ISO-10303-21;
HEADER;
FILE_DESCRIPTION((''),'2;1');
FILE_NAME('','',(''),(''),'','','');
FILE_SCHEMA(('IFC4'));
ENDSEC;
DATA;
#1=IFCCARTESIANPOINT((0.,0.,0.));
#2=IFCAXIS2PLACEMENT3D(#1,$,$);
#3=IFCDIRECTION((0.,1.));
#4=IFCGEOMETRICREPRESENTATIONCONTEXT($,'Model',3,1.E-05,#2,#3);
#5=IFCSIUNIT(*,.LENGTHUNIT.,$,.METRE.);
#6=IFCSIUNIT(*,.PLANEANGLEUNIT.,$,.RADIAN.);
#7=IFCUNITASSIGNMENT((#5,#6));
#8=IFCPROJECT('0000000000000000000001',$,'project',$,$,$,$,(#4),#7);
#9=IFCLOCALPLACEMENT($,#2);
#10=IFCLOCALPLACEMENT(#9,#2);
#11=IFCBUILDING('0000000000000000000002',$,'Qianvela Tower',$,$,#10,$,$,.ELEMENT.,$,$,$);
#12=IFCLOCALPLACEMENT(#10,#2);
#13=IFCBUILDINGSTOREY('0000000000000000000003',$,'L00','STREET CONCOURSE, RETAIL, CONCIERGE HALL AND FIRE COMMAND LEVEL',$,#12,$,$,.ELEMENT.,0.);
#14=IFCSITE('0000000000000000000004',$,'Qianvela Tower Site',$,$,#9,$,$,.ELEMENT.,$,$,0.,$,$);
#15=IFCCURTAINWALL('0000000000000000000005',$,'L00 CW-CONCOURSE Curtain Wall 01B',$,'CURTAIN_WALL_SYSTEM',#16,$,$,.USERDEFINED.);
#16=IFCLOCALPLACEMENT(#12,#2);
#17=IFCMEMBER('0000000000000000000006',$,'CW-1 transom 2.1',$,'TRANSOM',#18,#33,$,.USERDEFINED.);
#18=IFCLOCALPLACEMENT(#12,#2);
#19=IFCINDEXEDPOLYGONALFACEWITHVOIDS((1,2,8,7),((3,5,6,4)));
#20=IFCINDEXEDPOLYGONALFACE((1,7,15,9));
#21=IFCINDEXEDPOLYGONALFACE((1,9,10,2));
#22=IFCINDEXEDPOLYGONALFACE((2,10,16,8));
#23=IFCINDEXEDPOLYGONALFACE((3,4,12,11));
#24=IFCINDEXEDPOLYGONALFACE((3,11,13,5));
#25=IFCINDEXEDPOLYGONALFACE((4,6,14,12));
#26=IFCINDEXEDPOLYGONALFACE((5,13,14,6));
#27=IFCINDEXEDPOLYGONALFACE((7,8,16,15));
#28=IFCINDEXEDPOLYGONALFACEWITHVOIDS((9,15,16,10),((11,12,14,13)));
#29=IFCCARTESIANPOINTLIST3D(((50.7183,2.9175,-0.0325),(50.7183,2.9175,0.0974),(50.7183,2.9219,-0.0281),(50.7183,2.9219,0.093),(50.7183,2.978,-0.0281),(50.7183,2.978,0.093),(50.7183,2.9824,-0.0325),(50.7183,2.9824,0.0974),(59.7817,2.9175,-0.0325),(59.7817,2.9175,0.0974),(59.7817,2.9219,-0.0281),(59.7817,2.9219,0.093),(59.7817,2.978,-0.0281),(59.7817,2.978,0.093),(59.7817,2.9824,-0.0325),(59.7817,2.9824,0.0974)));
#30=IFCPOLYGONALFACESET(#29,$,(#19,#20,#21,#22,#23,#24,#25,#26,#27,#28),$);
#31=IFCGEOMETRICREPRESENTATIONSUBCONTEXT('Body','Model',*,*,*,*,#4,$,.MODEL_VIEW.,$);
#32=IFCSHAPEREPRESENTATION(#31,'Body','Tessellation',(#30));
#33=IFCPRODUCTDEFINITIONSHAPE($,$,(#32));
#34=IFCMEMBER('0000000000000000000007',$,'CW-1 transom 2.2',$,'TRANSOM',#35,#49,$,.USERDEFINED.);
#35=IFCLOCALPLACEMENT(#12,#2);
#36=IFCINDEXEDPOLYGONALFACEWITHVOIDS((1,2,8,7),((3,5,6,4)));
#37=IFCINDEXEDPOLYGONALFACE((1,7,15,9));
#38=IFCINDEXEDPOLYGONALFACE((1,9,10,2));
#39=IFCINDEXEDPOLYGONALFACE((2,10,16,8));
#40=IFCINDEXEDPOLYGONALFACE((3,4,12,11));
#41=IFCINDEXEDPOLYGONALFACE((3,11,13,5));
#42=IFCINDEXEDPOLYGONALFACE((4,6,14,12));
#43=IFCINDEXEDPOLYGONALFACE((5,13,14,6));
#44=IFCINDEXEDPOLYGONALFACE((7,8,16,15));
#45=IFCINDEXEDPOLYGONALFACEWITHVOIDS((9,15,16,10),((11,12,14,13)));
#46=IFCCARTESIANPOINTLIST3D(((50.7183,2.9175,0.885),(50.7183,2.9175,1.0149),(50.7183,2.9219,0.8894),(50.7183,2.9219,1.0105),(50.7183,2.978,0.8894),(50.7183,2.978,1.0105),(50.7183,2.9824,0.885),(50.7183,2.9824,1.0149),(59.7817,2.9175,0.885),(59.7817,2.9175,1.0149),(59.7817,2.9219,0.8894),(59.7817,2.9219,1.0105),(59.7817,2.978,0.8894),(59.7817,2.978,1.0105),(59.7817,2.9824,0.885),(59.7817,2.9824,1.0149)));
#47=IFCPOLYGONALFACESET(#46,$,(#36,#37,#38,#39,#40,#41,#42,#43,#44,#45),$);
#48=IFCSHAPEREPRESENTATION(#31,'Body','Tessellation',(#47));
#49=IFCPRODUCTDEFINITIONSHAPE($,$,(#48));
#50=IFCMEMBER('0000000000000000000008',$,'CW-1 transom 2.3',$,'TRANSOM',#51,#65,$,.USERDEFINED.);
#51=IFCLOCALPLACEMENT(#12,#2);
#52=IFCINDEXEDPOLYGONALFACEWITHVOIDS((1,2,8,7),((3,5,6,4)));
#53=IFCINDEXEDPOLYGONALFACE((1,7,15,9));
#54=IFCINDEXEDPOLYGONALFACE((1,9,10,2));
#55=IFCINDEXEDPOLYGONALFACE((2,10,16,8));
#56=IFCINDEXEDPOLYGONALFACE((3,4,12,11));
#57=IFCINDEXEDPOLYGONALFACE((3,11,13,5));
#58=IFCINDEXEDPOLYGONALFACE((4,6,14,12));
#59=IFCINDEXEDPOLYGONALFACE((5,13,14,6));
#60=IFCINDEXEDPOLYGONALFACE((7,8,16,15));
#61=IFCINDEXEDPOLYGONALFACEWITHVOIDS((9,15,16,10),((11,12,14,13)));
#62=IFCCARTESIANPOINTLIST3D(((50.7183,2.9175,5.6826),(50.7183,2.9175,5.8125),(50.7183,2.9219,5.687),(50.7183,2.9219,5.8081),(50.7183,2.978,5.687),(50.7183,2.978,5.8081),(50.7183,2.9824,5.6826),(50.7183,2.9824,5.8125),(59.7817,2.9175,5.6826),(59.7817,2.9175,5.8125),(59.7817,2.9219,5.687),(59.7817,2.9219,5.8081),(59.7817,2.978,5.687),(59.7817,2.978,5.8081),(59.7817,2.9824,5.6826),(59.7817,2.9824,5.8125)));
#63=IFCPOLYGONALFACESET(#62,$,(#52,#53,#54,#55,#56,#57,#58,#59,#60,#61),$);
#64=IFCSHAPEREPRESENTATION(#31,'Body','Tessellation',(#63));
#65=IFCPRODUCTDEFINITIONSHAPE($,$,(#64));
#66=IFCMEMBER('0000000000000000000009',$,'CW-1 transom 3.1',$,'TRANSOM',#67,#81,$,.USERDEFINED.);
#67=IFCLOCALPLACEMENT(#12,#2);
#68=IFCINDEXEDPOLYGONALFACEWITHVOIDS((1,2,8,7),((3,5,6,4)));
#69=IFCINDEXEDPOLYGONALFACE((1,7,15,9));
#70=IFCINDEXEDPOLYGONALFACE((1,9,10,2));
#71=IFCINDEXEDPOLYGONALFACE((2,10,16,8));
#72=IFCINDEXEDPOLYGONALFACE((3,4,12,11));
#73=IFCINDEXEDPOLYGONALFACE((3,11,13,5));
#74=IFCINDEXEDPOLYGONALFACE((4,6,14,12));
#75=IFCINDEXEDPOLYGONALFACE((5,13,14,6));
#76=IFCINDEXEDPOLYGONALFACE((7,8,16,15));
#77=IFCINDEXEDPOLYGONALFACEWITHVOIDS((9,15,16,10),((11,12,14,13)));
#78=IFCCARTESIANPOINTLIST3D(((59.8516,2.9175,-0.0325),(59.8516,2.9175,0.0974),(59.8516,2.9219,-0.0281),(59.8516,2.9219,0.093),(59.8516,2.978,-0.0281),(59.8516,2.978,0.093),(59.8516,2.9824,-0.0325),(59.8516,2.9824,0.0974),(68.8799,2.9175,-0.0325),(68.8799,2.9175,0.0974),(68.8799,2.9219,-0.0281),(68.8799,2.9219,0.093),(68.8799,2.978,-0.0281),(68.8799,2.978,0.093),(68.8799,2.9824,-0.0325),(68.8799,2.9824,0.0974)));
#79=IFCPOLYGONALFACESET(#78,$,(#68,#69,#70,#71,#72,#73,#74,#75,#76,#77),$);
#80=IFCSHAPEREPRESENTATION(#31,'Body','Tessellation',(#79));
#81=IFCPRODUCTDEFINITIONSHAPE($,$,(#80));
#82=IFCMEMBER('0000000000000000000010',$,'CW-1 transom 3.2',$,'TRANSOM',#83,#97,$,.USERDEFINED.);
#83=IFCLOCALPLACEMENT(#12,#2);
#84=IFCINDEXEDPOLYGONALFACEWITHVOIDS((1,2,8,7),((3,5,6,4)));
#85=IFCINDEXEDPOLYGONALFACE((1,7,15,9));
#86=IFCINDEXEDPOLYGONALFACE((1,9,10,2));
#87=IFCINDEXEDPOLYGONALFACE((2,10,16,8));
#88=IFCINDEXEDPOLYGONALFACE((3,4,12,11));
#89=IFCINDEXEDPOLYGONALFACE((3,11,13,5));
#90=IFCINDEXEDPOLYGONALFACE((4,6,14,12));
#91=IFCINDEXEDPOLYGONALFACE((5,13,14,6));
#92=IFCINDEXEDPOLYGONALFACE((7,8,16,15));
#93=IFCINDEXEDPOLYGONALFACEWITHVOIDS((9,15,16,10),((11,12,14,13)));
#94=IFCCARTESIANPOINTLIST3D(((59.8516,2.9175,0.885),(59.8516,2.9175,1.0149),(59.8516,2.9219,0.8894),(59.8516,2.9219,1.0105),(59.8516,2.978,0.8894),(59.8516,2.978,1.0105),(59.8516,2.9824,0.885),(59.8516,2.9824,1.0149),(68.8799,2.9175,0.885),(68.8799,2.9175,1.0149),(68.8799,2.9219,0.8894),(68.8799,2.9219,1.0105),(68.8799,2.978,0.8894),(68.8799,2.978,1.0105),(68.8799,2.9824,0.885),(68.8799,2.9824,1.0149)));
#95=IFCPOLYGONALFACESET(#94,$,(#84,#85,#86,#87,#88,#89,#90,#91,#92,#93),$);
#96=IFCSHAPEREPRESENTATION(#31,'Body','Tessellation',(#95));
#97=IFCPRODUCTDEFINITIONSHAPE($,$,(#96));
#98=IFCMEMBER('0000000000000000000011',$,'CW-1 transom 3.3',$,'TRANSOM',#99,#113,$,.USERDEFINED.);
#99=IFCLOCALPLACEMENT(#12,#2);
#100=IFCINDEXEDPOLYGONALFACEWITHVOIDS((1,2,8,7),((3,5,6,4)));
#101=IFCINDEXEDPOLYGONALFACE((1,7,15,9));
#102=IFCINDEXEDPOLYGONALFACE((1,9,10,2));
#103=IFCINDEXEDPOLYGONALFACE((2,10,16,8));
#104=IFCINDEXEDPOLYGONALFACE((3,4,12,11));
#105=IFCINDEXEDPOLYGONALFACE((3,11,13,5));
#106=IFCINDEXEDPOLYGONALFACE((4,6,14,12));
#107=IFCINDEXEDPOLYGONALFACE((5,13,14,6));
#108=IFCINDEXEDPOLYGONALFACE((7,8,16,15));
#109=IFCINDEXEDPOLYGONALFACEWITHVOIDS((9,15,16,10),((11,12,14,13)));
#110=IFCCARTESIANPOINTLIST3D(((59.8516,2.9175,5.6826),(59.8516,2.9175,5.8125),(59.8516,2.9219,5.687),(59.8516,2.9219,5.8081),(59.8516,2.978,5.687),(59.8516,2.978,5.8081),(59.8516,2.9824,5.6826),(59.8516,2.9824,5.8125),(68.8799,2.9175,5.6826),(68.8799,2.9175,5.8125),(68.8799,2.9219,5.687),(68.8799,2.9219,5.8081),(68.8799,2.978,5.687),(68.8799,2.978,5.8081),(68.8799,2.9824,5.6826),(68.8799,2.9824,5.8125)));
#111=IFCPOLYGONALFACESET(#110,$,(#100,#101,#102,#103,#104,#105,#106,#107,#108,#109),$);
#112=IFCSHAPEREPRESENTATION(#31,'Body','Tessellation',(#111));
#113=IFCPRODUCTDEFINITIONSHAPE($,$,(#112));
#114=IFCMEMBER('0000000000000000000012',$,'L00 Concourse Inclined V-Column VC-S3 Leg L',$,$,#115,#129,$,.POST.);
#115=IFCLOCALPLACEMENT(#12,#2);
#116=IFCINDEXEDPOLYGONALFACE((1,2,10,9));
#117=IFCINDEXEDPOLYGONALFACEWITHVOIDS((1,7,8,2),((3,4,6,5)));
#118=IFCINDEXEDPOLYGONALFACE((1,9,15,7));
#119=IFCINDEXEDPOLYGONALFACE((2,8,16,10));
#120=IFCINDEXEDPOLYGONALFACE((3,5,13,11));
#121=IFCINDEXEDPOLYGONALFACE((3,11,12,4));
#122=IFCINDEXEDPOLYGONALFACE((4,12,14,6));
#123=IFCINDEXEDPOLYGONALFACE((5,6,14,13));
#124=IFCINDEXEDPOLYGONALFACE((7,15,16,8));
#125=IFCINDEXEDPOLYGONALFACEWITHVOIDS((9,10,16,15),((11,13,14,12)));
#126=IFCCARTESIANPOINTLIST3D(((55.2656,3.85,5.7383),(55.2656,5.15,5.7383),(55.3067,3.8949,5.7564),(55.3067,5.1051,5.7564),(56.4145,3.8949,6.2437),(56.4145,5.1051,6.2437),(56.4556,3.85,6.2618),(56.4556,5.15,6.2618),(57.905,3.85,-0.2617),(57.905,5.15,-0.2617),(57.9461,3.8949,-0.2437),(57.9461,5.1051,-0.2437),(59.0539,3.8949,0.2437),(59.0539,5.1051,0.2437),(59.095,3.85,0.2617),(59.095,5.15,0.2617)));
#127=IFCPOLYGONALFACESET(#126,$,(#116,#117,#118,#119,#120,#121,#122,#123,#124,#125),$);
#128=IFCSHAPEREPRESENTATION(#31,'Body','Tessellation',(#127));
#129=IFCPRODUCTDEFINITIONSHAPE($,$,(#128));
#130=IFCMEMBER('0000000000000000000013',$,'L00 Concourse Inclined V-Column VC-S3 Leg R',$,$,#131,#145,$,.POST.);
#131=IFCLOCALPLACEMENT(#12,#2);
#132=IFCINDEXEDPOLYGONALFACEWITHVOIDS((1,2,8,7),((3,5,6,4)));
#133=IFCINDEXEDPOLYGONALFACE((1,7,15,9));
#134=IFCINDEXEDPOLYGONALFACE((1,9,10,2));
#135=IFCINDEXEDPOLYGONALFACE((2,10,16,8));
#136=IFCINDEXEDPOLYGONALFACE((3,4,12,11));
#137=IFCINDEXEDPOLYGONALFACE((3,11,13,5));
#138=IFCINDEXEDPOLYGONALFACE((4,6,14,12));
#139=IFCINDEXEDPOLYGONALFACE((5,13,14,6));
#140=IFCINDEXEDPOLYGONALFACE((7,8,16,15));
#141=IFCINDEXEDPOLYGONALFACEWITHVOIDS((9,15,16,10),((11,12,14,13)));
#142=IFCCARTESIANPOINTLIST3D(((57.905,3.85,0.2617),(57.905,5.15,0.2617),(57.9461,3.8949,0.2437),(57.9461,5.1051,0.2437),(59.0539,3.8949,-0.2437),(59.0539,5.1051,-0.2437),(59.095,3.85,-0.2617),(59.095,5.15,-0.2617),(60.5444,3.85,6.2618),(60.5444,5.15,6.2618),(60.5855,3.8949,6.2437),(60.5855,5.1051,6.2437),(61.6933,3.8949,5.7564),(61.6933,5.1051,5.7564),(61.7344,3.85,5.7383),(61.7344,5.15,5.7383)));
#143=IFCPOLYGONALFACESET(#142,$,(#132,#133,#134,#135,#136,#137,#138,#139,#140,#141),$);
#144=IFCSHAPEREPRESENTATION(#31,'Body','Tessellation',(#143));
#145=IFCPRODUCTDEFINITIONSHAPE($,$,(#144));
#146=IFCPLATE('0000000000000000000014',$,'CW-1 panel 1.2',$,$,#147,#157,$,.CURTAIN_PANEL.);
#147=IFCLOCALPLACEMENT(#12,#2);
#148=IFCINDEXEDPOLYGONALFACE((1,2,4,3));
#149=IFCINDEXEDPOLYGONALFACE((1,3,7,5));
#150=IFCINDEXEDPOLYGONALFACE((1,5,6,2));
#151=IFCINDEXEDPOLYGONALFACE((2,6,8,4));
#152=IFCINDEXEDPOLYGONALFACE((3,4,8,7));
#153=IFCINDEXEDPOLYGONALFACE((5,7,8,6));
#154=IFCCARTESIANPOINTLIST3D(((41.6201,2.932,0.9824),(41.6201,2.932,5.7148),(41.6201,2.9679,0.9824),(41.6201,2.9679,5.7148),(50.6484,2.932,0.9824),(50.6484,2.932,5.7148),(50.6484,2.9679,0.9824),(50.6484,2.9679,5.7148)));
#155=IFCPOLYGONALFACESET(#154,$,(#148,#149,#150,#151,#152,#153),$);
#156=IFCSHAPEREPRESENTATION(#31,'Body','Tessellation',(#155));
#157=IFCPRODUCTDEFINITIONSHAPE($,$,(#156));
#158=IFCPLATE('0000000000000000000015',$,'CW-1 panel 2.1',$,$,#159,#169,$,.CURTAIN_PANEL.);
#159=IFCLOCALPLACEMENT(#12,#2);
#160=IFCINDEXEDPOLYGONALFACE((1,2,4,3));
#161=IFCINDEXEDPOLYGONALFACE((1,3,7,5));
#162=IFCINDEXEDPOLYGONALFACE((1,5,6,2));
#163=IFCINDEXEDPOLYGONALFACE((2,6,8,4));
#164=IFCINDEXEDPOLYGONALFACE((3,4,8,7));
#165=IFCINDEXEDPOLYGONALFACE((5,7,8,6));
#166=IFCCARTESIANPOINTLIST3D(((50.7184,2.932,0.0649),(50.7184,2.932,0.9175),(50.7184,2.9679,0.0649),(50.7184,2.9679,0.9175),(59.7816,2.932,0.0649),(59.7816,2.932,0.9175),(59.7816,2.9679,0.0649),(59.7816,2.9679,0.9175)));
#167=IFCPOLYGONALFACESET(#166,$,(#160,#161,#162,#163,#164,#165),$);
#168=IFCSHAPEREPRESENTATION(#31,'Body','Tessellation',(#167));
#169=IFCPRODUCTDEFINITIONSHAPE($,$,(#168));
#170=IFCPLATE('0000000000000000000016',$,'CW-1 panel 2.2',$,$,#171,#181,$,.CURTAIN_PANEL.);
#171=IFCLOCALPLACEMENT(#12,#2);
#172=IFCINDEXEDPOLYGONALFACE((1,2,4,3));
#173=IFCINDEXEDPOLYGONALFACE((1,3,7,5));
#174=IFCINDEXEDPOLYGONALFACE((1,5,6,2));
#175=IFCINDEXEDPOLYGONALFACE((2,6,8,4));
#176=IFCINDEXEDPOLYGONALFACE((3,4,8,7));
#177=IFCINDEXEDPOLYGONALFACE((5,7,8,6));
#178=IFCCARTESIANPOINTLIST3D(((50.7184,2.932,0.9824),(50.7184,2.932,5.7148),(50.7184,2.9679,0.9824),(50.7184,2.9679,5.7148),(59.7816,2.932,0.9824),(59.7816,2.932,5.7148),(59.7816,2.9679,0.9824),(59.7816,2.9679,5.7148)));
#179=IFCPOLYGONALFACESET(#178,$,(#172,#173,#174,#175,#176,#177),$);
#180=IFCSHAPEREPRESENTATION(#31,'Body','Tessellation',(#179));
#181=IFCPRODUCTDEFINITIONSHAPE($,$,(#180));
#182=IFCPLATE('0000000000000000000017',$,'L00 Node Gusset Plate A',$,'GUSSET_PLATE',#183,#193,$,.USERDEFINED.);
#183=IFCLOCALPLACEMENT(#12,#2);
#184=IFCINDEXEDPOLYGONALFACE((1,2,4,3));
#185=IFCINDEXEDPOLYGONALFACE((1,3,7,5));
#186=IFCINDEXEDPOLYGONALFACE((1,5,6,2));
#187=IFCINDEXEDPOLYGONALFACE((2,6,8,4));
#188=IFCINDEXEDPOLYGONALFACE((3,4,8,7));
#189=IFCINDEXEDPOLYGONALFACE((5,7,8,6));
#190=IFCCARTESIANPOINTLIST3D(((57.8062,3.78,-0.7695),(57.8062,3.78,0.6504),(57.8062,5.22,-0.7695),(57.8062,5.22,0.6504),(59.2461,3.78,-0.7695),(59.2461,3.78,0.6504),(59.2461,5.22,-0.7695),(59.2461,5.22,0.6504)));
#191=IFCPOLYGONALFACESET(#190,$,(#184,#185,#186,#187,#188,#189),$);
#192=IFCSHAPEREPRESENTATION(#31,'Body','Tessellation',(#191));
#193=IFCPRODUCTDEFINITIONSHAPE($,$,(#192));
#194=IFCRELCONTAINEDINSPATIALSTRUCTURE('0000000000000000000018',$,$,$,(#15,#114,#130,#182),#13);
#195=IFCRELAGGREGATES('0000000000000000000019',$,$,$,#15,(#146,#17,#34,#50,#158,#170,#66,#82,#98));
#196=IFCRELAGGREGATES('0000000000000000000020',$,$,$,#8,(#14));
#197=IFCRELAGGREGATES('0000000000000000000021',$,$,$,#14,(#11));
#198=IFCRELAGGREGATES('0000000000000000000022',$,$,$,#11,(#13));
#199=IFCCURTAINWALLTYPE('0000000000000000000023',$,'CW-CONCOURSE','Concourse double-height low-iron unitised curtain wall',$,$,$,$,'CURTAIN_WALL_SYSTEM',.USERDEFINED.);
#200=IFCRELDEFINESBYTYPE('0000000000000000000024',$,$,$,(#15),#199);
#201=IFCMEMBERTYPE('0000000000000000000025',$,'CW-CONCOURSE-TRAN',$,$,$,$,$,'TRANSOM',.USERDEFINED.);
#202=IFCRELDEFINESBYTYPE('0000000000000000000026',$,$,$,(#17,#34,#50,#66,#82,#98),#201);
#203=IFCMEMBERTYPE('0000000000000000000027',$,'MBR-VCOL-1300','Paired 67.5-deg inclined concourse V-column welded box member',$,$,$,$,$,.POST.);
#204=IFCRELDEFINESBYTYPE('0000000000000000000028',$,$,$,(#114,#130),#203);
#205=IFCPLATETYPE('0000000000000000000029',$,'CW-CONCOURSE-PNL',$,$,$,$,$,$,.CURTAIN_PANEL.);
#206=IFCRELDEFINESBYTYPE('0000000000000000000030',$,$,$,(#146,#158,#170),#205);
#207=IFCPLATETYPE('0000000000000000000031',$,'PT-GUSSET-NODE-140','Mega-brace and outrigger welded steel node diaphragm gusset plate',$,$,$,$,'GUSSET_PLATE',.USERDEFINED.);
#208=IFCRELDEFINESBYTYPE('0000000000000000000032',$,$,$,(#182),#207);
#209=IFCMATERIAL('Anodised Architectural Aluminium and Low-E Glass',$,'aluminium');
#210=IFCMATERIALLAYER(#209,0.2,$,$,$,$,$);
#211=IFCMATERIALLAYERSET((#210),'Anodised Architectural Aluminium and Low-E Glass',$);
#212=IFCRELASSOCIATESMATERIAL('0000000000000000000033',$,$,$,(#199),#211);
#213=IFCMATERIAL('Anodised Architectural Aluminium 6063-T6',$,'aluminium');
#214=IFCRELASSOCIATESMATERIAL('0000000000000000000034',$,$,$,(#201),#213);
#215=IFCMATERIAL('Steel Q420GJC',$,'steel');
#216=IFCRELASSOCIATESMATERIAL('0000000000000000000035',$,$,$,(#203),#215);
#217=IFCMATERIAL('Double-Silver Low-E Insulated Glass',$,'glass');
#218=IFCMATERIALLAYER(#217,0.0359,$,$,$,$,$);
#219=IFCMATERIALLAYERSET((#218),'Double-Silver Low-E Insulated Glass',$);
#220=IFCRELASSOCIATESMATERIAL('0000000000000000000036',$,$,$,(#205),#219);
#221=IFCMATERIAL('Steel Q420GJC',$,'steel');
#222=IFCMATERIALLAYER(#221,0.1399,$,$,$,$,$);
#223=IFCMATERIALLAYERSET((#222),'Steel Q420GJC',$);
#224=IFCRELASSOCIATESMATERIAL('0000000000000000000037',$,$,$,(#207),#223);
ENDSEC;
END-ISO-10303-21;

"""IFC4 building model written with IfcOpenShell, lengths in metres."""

from ifc_helpers import new_model, si_unit, direction, frame, origin, origin_2d, place, context, subcontext, project, spatial, rectangle, hollow_rectangle, extrude, material, layer, layer_set, material_profile, profile_set, type_object, element, aggregate, save


model = new_model("IFC4")

# Units and contexts
model_context = context("Model", 3, precision=1e-05, world=origin(), true_north=direction((0.0, 1.0)))
body_context = subcontext(model_context, "Body", "Model", "MODEL_VIEW")
ifc_project = project(units=[si_unit("LENGTHUNIT", "METRE"), si_unit("PLANEANGLEUNIT", "RADIAN")], contexts=[model_context])

# Site, building, storey
site_placement = place(None, origin())
site = spatial("IfcSite", under=ifc_project, at=site_placement, Name="Qianvela Tower Site", CompositionType="ELEMENT", RefElevation=0.0)
building_placement = place(site_placement, origin())
building = spatial("IfcBuilding", under=site, at=building_placement, Name="Qianvela Tower", CompositionType="ELEMENT")
storey_placement = place(building_placement, origin())
storey = spatial("IfcBuildingStorey", under=building, at=storey_placement, Name="L00", Description="STREET CONCOURSE, RETAIL, CONCIERGE HALL AND FIRE COMMAND LEVEL", CompositionType="ELEMENT", Elevation=0.0)

# Curtain wall, members
ifc_material_1 = material(Name="Anodised Architectural Aluminium and Low-E Glass", Category="aluminium")
ifc_layer_1 = layer(ifc_material_1, 0.2)
ifc_layer_set_1 = layer_set([ifc_layer_1], Name="Anodised Architectural Aluminium and Low-E Glass")
curtain_wall_type = type_object("IfcCurtainWallType", Name="CW-CONCOURSE", Description="Concourse double-height low-iron unitised curtain wall", ElementType="CURTAIN_WALL_SYSTEM", PredefinedType="USERDEFINED", material=ifc_layer_set_1)
curtain_wall_placement = place(storey_placement, origin())
curtain_wall = element("IfcCurtainWall", 1, at=curtain_wall_placement, inside=storey, type_object=curtain_wall_type, Name="L00 CW-CONCOURSE Curtain Wall 01B", ObjectType="CURTAIN_WALL_SYSTEM", PredefinedType="USERDEFINED")
ifc_material_2 = material(Name="Anodised Architectural Aluminium 6063-T6", Category="aluminium")
ifc_material_profile_1 = material_profile(ifc_material_2, hollow_rectangle(XDim=0.0649, YDim=0.1299, WallThickness=0.0044, at=origin_2d()), Name="ALU-TRAN-65x130")
ifc_profile_set_1 = profile_set([ifc_material_profile_1], Name="Anodised Architectural Aluminium 6063-T6")
member_type_1 = type_object("IfcMemberType", Name="CW-CONCOURSE-TRAN", ElementType="TRANSOM", PredefinedType="USERDEFINED", material=ifc_profile_set_1)
member_1_placement = place(storey_placement, frame((50.7183, 2.95, 0.0325), z_axis=(1.0, 0.0, 0.0), x_axis=(0.0, 1.0, 0.0)))
member_1 = element("IfcMember", 2, at=member_1_placement, type_object=member_type_1, Name="CW-1 transom 2.1", ObjectType="TRANSOM", PredefinedType="USERDEFINED", context=body_context, shape_type="SweptSolid", body=[
    extrude(hollow_rectangle(XDim=0.0649, YDim=0.1299, WallThickness=0.0044, at=origin_2d()), origin(), (0.0, 0.0, 1.0), 9.0635),
])
member_2_placement = place(storey_placement, frame((50.7183, 2.95, 0.95), z_axis=(1.0, 0.0, 0.0), x_axis=(0.0, 1.0, 0.0)))
member_2 = element("IfcMember", 3, at=member_2_placement, type_object=member_type_1, Name="CW-1 transom 2.2", ObjectType="TRANSOM", PredefinedType="USERDEFINED", context=body_context, shape_type="SweptSolid", body=[
    extrude(hollow_rectangle(XDim=0.0649, YDim=0.1299, WallThickness=0.0044, at=origin_2d()), origin(), (0.0, 0.0, 1.0), 9.0635),
])
member_3_placement = place(storey_placement, frame((50.7183, 2.95, 5.7476), z_axis=(1.0, 0.0, 0.0), x_axis=(0.0, 1.0, 0.0)))
member_3 = element("IfcMember", 4, at=member_3_placement, type_object=member_type_1, Name="CW-1 transom 2.3", ObjectType="TRANSOM", PredefinedType="USERDEFINED", context=body_context, shape_type="SweptSolid", body=[
    extrude(hollow_rectangle(XDim=0.0649, YDim=0.1299, WallThickness=0.0044, at=origin_2d()), origin(), (0.0, 0.0, 1.0), 9.0635),
])
member_4_placement = place(storey_placement, frame((59.8516, 2.95, 0.0325), z_axis=(1.0, 0.0, 0.0), x_axis=(0.0, 1.0, 0.0)))
member_4 = element("IfcMember", 5, at=member_4_placement, type_object=member_type_1, Name="CW-1 transom 3.1", ObjectType="TRANSOM", PredefinedType="USERDEFINED", context=body_context, shape_type="SweptSolid", body=[
    extrude(hollow_rectangle(XDim=0.0649, YDim=0.1299, WallThickness=0.0044, at=origin_2d()), origin(), (0.0, 0.0, 1.0), 9.0283),
])
member_5_placement = place(storey_placement, frame((59.8516, 2.95, 0.95), z_axis=(1.0, 0.0, 0.0), x_axis=(0.0, 1.0, 0.0)))
member_5 = element("IfcMember", 6, at=member_5_placement, type_object=member_type_1, Name="CW-1 transom 3.2", ObjectType="TRANSOM", PredefinedType="USERDEFINED", context=body_context, shape_type="SweptSolid", body=[
    extrude(hollow_rectangle(XDim=0.0649, YDim=0.1299, WallThickness=0.0044, at=origin_2d()), origin(), (0.0, 0.0, 1.0), 9.0283),
])
member_6_placement = place(storey_placement, frame((59.8516, 2.95, 5.7476), z_axis=(1.0, 0.0, 0.0), x_axis=(0.0, 1.0, 0.0)))
member_6 = element("IfcMember", 7, at=member_6_placement, type_object=member_type_1, Name="CW-1 transom 3.3", ObjectType="TRANSOM", PredefinedType="USERDEFINED", context=body_context, shape_type="SweptSolid", body=[
    extrude(hollow_rectangle(XDim=0.0649, YDim=0.1299, WallThickness=0.0044, at=origin_2d()), origin(), (0.0, 0.0, 1.0), 9.0283),
])

# Members
ifc_material_3 = material(Name="Steel Q420GJC", Category="steel")
ifc_material_profile_2 = material_profile(ifc_material_3, hollow_rectangle(XDim=1.3, YDim=1.3, WallThickness=0.0449, at=origin_2d()), Name="VBOX-1300x1300x45")
ifc_profile_set_2 = profile_set([ifc_material_profile_2], Name="Steel Q420GJC")
member_type_2 = type_object("IfcMemberType", Name="MBR-VCOL-1300", Description="Paired 67.5-deg inclined concourse V-column welded box member", PredefinedType="POST", material=ifc_profile_set_2)
for number, where, z_axis, x_axis, name in (
    (8, (58.5, 4.5, 0.0), (-0.402662, 0.0, 0.915349), (0.0, -1.0, 0.0), "L00 Concourse Inclined V-Column VC-S3 Leg L"),
    (9, (58.5, 4.5, 0.0), (0.402662, 0.0, 0.915349), (0.0, 1.0, 0.0), "L00 Concourse Inclined V-Column VC-S3 Leg R"),
):
    element("IfcMember", number, at=place(storey_placement, frame(where, z_axis=z_axis, x_axis=x_axis)), inside=storey, type_object=member_type_2, Name=name, PredefinedType="POST", context=body_context, shape_type="SweptSolid", body=[
        extrude(hollow_rectangle(XDim=1.3, YDim=1.3, WallThickness=0.0449, at=origin_2d()), origin(), (0.0, 0.0, 1.0), 6.5549),
    ])

# Plates
ifc_material_4 = material(Name="Double-Silver Low-E Insulated Glass", Category="glass")
ifc_layer_2 = layer(ifc_material_4, 0.0359)
ifc_layer_set_2 = layer_set([ifc_layer_2], Name="Double-Silver Low-E Insulated Glass")
plate_type_1 = type_object("IfcPlateType", Name="CW-CONCOURSE-PNL", PredefinedType="CURTAIN_PANEL", material=ifc_layer_set_2)
plate_1_placement = place(storey_placement, frame((46.1343, 2.95, 0.9824), z_axis=(0.0, 0.0, 1.0), x_axis=(1.0, 0.0, 0.0)))
plate_1 = element("IfcPlate", 10, at=plate_1_placement, type_object=plate_type_1, Name="CW-1 panel 1.2", PredefinedType="CURTAIN_PANEL", context=body_context, shape_type="SweptSolid", body=[
    extrude(rectangle(XDim=9.0283, YDim=0.0359, at=origin_2d()), origin(), (0.0, 0.0, 1.0), 4.7324),
])
plate_2_placement = place(storey_placement, frame((55.25, 2.95, 0.0649), z_axis=(0.0, 0.0, 1.0), x_axis=(1.0, 0.0, 0.0)))
plate_2 = element("IfcPlate", 11, at=plate_2_placement, type_object=plate_type_1, Name="CW-1 panel 2.1", PredefinedType="CURTAIN_PANEL", context=body_context, shape_type="SweptSolid", body=[
    extrude(rectangle(XDim=9.0632, YDim=0.0359, at=origin_2d()), origin(), (0.0, 0.0, 1.0), 0.8525),
])
plate_3_placement = place(storey_placement, frame((55.25, 2.95, 0.9824), z_axis=(0.0, 0.0, 1.0), x_axis=(1.0, 0.0, 0.0)))
plate_3 = element("IfcPlate", 12, at=plate_3_placement, type_object=plate_type_1, Name="CW-1 panel 2.2", PredefinedType="CURTAIN_PANEL", context=body_context, shape_type="SweptSolid", body=[
    extrude(rectangle(XDim=9.0632, YDim=0.0359, at=origin_2d()), origin(), (0.0, 0.0, 1.0), 4.7324),
])
aggregate(curtain_wall, [plate_1, member_1, member_2, member_3, plate_2, plate_3, member_4, member_5, member_6])
ifc_material_5 = material(Name="Steel Q420GJC", Category="steel")
ifc_layer_3 = layer(ifc_material_5, 0.1399)
ifc_layer_set_3 = layer_set([ifc_layer_3], Name="Steel Q420GJC")
plate_type_2 = type_object("IfcPlateType", Name="PT-GUSSET-NODE-140", Description="Mega-brace and outrigger welded steel node diaphragm gusset plate", ElementType="GUSSET_PLATE", PredefinedType="USERDEFINED", material=ifc_layer_set_3)
plate_4_placement = place(storey_placement, frame((58.5261, 4.5, -0.7695), z_axis=(0.0, 0.0, 1.0), x_axis=(1.0, 0.0, 0.0)))
element("IfcPlate", 13, at=plate_4_placement, inside=storey, type_object=plate_type_2, Name="L00 Node Gusset Plate A", ObjectType="GUSSET_PLATE", PredefinedType="USERDEFINED", context=body_context, shape_type="SweptSolid", body=[
    extrude(rectangle(XDim=1.4399, YDim=1.4399, at=origin_2d()), origin(), (0.0, 0.0, 1.0), 1.4199),
])

save(model, "model.ifc")
